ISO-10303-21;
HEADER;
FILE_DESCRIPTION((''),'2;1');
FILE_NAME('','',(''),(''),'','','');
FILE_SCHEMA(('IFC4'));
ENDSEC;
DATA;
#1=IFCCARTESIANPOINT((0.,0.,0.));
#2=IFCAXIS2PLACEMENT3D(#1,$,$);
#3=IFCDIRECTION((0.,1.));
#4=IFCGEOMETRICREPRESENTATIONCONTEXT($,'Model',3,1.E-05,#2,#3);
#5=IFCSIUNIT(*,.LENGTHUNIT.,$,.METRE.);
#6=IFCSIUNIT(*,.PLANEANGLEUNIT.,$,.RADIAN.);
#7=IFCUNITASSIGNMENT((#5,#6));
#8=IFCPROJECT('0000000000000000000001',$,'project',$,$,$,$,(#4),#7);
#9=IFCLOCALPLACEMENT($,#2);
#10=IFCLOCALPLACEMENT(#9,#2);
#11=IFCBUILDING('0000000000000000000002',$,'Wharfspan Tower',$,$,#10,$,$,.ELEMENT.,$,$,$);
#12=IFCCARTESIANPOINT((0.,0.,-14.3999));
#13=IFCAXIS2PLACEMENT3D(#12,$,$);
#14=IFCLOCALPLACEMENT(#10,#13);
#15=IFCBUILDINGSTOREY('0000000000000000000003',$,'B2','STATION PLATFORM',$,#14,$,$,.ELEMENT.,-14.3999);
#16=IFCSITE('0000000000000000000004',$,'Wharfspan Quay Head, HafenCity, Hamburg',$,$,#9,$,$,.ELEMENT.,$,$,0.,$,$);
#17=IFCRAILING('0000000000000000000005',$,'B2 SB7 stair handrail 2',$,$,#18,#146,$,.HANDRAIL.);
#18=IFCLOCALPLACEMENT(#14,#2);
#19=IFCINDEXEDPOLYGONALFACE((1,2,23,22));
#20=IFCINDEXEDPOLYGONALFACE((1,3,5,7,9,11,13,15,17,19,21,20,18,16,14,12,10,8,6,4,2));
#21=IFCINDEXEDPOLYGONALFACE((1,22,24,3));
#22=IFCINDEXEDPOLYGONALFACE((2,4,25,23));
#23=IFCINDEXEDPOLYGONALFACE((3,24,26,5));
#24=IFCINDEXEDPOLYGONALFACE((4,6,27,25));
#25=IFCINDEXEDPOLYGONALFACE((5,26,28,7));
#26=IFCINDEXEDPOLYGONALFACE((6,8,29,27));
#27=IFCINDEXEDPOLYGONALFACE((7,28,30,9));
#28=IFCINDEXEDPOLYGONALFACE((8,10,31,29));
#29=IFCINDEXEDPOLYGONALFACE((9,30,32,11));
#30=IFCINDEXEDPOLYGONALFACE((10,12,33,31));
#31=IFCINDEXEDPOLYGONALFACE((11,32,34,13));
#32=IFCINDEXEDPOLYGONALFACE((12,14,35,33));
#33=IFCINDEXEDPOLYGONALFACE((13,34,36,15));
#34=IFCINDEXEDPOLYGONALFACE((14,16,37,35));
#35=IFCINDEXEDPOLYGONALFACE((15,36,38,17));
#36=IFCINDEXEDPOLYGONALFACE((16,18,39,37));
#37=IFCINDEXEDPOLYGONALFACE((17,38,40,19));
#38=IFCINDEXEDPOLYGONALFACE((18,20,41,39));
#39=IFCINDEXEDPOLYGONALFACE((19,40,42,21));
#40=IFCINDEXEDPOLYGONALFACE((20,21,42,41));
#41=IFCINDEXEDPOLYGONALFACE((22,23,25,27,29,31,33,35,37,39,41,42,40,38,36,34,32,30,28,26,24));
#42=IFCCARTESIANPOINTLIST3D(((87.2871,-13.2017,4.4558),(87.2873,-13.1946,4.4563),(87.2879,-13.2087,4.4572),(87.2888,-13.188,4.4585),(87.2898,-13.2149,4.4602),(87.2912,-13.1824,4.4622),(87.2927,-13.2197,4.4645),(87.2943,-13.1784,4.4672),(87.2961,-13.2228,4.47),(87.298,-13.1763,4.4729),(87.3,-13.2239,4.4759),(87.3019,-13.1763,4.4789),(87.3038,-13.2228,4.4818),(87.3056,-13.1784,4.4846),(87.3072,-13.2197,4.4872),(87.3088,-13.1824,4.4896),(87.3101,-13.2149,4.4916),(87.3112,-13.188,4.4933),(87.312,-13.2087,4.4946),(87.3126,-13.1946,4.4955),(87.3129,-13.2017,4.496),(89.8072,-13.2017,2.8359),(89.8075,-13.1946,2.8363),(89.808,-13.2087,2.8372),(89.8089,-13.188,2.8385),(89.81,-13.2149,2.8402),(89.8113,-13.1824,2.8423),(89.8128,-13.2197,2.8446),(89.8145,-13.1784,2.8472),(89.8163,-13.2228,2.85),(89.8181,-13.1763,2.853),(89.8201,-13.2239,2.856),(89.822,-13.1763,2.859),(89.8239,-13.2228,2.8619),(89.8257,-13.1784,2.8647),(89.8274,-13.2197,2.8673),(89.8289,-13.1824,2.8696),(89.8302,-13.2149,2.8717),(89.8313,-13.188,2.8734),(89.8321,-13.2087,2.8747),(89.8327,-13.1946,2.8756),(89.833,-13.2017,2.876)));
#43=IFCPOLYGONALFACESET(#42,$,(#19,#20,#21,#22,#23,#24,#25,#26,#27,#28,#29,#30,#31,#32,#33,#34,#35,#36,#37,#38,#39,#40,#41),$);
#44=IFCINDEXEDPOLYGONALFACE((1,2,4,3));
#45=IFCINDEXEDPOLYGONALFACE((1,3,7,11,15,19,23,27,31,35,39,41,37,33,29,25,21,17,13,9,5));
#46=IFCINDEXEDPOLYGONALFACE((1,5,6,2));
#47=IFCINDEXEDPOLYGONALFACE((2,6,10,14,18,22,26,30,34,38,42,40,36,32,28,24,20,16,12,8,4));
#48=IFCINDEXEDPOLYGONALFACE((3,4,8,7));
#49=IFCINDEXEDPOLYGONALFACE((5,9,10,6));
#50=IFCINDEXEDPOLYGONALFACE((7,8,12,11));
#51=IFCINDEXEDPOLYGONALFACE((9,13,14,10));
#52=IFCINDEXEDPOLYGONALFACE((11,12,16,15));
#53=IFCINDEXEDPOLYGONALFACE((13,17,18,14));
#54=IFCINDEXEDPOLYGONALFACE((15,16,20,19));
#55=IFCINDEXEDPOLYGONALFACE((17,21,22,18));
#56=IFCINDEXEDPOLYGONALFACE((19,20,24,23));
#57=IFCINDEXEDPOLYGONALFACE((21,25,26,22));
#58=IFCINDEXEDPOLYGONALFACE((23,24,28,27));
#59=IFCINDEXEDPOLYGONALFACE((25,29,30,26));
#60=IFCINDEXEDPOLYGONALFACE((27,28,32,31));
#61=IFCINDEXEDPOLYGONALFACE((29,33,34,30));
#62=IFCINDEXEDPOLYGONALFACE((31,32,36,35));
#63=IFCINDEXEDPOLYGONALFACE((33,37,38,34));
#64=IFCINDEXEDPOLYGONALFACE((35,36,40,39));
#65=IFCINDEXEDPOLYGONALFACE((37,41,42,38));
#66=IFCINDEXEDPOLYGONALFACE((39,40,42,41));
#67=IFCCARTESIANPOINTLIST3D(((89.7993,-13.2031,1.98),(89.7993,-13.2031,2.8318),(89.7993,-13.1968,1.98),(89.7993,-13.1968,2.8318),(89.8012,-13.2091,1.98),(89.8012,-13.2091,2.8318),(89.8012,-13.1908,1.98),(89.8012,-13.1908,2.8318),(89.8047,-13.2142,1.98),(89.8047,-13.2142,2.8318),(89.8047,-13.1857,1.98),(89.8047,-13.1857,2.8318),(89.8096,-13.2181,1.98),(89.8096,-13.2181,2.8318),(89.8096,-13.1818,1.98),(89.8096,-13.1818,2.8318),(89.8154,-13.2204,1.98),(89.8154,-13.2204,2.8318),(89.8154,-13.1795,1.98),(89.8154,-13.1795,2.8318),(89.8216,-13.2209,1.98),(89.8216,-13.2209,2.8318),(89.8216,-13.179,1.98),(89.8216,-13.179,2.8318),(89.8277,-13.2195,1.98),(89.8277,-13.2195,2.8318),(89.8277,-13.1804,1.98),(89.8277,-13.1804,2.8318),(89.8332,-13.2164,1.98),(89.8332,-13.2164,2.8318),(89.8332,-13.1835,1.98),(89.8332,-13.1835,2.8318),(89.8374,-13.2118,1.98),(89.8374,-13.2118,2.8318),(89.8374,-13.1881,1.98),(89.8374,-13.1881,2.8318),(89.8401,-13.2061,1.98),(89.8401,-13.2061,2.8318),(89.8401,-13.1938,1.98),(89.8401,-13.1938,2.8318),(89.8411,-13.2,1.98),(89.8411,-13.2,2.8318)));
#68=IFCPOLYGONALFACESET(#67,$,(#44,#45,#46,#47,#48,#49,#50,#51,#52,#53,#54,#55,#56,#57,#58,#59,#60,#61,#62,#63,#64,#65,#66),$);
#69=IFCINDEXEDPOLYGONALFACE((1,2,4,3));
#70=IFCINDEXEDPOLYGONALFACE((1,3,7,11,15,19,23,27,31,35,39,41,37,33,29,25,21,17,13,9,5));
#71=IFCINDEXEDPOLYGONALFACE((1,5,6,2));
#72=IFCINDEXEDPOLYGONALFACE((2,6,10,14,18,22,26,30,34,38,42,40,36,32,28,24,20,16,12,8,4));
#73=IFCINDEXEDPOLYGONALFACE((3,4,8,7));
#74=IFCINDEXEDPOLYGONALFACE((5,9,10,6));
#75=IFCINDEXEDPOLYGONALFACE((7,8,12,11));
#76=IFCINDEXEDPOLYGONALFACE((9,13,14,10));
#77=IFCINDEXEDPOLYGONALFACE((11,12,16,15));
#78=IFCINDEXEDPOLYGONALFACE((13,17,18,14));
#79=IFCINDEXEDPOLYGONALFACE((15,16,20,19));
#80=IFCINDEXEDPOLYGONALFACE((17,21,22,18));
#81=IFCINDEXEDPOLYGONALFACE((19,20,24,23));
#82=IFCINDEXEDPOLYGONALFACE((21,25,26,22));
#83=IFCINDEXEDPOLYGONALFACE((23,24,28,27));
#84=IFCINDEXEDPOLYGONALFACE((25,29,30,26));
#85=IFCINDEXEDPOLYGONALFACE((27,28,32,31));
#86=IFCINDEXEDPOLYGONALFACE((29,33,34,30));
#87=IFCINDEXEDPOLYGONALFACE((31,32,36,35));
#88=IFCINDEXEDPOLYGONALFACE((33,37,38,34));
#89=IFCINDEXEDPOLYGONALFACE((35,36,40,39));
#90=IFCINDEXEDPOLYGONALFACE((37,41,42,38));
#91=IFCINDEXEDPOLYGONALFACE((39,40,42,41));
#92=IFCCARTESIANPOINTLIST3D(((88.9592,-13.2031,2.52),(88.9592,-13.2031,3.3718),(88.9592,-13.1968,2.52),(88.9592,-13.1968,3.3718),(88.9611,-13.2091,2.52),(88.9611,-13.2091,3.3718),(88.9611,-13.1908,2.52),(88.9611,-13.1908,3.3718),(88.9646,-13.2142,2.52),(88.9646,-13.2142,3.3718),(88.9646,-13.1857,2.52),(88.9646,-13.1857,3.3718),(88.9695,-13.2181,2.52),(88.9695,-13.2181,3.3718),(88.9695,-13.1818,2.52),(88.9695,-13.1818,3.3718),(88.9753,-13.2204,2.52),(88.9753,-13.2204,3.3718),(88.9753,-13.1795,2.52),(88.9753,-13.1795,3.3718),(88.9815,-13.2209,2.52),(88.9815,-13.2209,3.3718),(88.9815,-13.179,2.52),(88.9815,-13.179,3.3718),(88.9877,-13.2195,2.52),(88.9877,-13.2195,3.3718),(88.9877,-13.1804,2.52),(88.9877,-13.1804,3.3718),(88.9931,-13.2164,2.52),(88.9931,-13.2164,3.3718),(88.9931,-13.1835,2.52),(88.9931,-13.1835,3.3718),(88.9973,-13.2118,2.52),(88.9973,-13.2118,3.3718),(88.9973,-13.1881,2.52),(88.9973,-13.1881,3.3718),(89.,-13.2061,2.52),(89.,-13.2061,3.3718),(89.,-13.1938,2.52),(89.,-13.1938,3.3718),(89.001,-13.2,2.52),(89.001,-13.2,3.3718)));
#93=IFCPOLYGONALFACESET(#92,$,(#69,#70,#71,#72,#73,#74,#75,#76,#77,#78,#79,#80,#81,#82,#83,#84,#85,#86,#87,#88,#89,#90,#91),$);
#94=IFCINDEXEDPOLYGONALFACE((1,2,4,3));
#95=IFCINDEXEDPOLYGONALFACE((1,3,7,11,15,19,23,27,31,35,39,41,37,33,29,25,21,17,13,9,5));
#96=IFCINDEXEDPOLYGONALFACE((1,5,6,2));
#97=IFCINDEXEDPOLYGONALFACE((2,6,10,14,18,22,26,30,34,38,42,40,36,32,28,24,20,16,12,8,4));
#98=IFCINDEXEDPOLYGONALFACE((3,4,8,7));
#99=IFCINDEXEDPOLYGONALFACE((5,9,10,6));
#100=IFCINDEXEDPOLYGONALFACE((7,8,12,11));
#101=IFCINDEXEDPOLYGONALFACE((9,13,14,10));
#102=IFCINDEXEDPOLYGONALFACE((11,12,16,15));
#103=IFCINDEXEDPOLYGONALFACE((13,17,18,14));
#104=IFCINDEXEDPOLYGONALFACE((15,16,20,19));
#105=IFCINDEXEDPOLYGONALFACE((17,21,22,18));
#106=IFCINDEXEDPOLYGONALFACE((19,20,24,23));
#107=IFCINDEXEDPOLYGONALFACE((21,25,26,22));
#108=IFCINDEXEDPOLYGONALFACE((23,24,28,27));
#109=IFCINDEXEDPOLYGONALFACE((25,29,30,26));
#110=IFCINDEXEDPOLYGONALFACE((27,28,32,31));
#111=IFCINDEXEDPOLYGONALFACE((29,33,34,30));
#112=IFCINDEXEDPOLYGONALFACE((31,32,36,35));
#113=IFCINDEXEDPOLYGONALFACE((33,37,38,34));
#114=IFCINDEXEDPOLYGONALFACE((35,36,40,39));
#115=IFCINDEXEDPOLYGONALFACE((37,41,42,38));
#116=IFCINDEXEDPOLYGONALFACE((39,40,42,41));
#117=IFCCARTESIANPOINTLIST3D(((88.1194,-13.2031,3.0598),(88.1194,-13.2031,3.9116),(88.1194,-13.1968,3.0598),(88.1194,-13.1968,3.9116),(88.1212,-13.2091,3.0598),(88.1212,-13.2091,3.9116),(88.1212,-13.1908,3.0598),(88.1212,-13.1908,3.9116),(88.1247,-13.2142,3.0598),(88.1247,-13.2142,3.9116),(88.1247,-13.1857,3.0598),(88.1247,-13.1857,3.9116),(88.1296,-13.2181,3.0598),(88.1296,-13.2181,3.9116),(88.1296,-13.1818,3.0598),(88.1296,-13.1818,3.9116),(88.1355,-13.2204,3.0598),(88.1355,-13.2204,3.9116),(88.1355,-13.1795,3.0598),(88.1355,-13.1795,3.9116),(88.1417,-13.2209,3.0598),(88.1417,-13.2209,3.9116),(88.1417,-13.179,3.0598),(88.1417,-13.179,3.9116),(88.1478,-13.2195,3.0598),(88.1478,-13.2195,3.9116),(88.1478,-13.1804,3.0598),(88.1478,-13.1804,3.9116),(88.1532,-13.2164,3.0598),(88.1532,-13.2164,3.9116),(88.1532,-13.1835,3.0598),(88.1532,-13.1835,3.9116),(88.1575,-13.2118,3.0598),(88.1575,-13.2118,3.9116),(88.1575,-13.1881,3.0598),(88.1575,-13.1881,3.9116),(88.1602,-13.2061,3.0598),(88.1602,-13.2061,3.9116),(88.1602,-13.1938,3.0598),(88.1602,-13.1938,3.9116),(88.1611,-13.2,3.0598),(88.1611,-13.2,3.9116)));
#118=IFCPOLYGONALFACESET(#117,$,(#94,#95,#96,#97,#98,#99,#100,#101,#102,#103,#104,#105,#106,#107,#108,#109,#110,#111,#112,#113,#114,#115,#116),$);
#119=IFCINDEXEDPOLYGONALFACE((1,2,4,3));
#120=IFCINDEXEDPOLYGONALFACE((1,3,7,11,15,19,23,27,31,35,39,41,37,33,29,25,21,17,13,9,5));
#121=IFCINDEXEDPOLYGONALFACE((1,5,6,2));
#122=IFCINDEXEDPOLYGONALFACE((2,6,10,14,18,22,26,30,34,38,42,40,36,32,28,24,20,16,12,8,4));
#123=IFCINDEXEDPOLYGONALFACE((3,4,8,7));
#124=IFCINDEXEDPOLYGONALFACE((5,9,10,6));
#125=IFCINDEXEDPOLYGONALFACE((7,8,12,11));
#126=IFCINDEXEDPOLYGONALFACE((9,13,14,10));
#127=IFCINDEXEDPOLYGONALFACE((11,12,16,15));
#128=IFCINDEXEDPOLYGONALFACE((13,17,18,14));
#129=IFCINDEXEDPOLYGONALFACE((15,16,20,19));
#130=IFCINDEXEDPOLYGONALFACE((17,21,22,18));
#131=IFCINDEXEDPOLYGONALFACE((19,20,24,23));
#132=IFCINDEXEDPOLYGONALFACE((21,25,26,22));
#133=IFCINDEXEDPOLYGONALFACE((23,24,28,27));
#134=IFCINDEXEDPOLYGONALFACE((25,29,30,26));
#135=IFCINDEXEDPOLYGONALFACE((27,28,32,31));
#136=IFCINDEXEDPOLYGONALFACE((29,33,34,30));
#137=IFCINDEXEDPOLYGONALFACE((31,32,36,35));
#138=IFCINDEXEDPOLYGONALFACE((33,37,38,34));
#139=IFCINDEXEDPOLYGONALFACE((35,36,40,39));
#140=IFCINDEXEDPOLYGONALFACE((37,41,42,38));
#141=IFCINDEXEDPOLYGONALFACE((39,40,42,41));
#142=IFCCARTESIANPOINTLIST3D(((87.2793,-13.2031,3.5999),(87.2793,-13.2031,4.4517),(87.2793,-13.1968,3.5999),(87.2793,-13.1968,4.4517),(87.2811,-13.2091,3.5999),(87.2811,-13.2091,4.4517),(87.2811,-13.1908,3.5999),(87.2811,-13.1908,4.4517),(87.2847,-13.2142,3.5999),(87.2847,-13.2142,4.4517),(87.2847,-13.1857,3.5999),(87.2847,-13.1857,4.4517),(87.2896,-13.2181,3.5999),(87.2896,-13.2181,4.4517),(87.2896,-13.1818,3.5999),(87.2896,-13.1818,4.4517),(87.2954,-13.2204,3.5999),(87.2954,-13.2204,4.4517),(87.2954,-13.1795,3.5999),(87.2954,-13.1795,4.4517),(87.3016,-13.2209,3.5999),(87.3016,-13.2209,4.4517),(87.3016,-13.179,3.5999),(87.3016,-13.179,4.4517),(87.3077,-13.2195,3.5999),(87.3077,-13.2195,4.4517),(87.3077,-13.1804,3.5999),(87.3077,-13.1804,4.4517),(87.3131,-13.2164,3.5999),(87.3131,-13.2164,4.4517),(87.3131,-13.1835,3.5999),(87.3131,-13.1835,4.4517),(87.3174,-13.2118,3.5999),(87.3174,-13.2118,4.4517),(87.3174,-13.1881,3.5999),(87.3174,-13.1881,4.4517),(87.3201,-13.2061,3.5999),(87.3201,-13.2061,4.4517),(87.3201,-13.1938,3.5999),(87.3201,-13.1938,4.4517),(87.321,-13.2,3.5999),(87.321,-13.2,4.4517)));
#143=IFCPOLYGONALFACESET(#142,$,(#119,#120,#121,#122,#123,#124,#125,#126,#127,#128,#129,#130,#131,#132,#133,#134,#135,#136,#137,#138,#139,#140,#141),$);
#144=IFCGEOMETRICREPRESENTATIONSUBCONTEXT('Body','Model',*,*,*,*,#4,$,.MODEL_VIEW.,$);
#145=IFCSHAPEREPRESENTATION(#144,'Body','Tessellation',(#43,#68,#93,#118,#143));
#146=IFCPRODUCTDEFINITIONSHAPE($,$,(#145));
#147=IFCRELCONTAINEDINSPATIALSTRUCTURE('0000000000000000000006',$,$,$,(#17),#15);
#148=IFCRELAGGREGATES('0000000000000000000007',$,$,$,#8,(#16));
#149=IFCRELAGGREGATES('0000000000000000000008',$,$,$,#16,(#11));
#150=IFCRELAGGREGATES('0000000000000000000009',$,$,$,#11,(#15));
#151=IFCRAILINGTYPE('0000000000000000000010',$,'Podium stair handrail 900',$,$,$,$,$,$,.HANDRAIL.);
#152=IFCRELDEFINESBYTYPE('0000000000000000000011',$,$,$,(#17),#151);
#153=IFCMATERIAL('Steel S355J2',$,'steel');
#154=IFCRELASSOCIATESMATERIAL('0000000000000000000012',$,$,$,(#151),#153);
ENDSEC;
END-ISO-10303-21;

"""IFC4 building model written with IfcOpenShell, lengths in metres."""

from ifc_helpers import new_model, si_unit, direction, frame, origin, origin_2d, place, context, subcontext, project, spatial, circle, extrude, material, type_object, element, save


model = new_model("IFC4")

# Units and contexts
model_context = context("Model", 3, precision=1e-05, world=origin(), true_north=direction((0.0, 1.0)))
body_context = subcontext(model_context, "Body", "Model", "MODEL_VIEW")
ifc_project = project(units=[si_unit("LENGTHUNIT", "METRE"), si_unit("PLANEANGLEUNIT", "RADIAN")], contexts=[model_context])

# Site, building, storey
site_placement = place(None, origin())
site = spatial("IfcSite", under=ifc_project, at=site_placement, Name="Wharfspan Quay Head, HafenCity, Hamburg", CompositionType="ELEMENT", RefElevation=0.0)
building_placement = place(site_placement, origin())
building = spatial("IfcBuilding", under=site, at=building_placement, Name="Wharfspan Tower", CompositionType="ELEMENT")
storey_placement = place(building_placement, frame((0.0, 0.0, -14.3999)))
storey = spatial("IfcBuildingStorey", under=building, at=storey_placement, Name="B2", Description="STATION PLATFORM", CompositionType="ELEMENT", Elevation=-14.3999)

# Railing
ifc_material_1 = material(Name="Steel S355J2", Category="steel")
railing_type_1 = type_object("IfcRailingType", Name="Podium stair handrail 900", PredefinedType="HANDRAIL", material=ifc_material_1)
railing_1_placement = place(storey_placement, frame((89.8201, -13.2, 1.98)))
element("IfcRailing", 1, at=railing_1_placement, inside=storey, type_object=railing_type_1, Name="B2 SB7 stair handrail 2", PredefinedType="HANDRAIL", context=body_context, shape_type="SweptSolid", body=[
    extrude(circle(Radius=0.0239, at=origin_2d()), frame((0.0, 0.0, 0.876), z_axis=(-0.8412, 0.0, 0.540725), x_axis=(0.0, -1.0, 0.0)), (0.0, 0.0, 1.0), 2.9958),
    extrude(circle(Radius=0.021, at=origin_2d()), origin(), (0.0, 0.0, 1.0), 0.8518),
    extrude(circle(Radius=0.021, at=origin_2d()), frame((-0.8401, 0.0, 0.54)), (0.0, 0.0, 1.0), 0.8518),
    extrude(circle(Radius=0.021, at=origin_2d()), frame((-1.6799, 0.0, 1.0798)), (0.0, 0.0, 1.0), 0.8518),
    extrude(circle(Radius=0.021, at=origin_2d()), frame((-2.52, 0.0, 1.6199)), (0.0, 0.0, 1.0), 0.8518),
])

save(model, "model.ifc")
